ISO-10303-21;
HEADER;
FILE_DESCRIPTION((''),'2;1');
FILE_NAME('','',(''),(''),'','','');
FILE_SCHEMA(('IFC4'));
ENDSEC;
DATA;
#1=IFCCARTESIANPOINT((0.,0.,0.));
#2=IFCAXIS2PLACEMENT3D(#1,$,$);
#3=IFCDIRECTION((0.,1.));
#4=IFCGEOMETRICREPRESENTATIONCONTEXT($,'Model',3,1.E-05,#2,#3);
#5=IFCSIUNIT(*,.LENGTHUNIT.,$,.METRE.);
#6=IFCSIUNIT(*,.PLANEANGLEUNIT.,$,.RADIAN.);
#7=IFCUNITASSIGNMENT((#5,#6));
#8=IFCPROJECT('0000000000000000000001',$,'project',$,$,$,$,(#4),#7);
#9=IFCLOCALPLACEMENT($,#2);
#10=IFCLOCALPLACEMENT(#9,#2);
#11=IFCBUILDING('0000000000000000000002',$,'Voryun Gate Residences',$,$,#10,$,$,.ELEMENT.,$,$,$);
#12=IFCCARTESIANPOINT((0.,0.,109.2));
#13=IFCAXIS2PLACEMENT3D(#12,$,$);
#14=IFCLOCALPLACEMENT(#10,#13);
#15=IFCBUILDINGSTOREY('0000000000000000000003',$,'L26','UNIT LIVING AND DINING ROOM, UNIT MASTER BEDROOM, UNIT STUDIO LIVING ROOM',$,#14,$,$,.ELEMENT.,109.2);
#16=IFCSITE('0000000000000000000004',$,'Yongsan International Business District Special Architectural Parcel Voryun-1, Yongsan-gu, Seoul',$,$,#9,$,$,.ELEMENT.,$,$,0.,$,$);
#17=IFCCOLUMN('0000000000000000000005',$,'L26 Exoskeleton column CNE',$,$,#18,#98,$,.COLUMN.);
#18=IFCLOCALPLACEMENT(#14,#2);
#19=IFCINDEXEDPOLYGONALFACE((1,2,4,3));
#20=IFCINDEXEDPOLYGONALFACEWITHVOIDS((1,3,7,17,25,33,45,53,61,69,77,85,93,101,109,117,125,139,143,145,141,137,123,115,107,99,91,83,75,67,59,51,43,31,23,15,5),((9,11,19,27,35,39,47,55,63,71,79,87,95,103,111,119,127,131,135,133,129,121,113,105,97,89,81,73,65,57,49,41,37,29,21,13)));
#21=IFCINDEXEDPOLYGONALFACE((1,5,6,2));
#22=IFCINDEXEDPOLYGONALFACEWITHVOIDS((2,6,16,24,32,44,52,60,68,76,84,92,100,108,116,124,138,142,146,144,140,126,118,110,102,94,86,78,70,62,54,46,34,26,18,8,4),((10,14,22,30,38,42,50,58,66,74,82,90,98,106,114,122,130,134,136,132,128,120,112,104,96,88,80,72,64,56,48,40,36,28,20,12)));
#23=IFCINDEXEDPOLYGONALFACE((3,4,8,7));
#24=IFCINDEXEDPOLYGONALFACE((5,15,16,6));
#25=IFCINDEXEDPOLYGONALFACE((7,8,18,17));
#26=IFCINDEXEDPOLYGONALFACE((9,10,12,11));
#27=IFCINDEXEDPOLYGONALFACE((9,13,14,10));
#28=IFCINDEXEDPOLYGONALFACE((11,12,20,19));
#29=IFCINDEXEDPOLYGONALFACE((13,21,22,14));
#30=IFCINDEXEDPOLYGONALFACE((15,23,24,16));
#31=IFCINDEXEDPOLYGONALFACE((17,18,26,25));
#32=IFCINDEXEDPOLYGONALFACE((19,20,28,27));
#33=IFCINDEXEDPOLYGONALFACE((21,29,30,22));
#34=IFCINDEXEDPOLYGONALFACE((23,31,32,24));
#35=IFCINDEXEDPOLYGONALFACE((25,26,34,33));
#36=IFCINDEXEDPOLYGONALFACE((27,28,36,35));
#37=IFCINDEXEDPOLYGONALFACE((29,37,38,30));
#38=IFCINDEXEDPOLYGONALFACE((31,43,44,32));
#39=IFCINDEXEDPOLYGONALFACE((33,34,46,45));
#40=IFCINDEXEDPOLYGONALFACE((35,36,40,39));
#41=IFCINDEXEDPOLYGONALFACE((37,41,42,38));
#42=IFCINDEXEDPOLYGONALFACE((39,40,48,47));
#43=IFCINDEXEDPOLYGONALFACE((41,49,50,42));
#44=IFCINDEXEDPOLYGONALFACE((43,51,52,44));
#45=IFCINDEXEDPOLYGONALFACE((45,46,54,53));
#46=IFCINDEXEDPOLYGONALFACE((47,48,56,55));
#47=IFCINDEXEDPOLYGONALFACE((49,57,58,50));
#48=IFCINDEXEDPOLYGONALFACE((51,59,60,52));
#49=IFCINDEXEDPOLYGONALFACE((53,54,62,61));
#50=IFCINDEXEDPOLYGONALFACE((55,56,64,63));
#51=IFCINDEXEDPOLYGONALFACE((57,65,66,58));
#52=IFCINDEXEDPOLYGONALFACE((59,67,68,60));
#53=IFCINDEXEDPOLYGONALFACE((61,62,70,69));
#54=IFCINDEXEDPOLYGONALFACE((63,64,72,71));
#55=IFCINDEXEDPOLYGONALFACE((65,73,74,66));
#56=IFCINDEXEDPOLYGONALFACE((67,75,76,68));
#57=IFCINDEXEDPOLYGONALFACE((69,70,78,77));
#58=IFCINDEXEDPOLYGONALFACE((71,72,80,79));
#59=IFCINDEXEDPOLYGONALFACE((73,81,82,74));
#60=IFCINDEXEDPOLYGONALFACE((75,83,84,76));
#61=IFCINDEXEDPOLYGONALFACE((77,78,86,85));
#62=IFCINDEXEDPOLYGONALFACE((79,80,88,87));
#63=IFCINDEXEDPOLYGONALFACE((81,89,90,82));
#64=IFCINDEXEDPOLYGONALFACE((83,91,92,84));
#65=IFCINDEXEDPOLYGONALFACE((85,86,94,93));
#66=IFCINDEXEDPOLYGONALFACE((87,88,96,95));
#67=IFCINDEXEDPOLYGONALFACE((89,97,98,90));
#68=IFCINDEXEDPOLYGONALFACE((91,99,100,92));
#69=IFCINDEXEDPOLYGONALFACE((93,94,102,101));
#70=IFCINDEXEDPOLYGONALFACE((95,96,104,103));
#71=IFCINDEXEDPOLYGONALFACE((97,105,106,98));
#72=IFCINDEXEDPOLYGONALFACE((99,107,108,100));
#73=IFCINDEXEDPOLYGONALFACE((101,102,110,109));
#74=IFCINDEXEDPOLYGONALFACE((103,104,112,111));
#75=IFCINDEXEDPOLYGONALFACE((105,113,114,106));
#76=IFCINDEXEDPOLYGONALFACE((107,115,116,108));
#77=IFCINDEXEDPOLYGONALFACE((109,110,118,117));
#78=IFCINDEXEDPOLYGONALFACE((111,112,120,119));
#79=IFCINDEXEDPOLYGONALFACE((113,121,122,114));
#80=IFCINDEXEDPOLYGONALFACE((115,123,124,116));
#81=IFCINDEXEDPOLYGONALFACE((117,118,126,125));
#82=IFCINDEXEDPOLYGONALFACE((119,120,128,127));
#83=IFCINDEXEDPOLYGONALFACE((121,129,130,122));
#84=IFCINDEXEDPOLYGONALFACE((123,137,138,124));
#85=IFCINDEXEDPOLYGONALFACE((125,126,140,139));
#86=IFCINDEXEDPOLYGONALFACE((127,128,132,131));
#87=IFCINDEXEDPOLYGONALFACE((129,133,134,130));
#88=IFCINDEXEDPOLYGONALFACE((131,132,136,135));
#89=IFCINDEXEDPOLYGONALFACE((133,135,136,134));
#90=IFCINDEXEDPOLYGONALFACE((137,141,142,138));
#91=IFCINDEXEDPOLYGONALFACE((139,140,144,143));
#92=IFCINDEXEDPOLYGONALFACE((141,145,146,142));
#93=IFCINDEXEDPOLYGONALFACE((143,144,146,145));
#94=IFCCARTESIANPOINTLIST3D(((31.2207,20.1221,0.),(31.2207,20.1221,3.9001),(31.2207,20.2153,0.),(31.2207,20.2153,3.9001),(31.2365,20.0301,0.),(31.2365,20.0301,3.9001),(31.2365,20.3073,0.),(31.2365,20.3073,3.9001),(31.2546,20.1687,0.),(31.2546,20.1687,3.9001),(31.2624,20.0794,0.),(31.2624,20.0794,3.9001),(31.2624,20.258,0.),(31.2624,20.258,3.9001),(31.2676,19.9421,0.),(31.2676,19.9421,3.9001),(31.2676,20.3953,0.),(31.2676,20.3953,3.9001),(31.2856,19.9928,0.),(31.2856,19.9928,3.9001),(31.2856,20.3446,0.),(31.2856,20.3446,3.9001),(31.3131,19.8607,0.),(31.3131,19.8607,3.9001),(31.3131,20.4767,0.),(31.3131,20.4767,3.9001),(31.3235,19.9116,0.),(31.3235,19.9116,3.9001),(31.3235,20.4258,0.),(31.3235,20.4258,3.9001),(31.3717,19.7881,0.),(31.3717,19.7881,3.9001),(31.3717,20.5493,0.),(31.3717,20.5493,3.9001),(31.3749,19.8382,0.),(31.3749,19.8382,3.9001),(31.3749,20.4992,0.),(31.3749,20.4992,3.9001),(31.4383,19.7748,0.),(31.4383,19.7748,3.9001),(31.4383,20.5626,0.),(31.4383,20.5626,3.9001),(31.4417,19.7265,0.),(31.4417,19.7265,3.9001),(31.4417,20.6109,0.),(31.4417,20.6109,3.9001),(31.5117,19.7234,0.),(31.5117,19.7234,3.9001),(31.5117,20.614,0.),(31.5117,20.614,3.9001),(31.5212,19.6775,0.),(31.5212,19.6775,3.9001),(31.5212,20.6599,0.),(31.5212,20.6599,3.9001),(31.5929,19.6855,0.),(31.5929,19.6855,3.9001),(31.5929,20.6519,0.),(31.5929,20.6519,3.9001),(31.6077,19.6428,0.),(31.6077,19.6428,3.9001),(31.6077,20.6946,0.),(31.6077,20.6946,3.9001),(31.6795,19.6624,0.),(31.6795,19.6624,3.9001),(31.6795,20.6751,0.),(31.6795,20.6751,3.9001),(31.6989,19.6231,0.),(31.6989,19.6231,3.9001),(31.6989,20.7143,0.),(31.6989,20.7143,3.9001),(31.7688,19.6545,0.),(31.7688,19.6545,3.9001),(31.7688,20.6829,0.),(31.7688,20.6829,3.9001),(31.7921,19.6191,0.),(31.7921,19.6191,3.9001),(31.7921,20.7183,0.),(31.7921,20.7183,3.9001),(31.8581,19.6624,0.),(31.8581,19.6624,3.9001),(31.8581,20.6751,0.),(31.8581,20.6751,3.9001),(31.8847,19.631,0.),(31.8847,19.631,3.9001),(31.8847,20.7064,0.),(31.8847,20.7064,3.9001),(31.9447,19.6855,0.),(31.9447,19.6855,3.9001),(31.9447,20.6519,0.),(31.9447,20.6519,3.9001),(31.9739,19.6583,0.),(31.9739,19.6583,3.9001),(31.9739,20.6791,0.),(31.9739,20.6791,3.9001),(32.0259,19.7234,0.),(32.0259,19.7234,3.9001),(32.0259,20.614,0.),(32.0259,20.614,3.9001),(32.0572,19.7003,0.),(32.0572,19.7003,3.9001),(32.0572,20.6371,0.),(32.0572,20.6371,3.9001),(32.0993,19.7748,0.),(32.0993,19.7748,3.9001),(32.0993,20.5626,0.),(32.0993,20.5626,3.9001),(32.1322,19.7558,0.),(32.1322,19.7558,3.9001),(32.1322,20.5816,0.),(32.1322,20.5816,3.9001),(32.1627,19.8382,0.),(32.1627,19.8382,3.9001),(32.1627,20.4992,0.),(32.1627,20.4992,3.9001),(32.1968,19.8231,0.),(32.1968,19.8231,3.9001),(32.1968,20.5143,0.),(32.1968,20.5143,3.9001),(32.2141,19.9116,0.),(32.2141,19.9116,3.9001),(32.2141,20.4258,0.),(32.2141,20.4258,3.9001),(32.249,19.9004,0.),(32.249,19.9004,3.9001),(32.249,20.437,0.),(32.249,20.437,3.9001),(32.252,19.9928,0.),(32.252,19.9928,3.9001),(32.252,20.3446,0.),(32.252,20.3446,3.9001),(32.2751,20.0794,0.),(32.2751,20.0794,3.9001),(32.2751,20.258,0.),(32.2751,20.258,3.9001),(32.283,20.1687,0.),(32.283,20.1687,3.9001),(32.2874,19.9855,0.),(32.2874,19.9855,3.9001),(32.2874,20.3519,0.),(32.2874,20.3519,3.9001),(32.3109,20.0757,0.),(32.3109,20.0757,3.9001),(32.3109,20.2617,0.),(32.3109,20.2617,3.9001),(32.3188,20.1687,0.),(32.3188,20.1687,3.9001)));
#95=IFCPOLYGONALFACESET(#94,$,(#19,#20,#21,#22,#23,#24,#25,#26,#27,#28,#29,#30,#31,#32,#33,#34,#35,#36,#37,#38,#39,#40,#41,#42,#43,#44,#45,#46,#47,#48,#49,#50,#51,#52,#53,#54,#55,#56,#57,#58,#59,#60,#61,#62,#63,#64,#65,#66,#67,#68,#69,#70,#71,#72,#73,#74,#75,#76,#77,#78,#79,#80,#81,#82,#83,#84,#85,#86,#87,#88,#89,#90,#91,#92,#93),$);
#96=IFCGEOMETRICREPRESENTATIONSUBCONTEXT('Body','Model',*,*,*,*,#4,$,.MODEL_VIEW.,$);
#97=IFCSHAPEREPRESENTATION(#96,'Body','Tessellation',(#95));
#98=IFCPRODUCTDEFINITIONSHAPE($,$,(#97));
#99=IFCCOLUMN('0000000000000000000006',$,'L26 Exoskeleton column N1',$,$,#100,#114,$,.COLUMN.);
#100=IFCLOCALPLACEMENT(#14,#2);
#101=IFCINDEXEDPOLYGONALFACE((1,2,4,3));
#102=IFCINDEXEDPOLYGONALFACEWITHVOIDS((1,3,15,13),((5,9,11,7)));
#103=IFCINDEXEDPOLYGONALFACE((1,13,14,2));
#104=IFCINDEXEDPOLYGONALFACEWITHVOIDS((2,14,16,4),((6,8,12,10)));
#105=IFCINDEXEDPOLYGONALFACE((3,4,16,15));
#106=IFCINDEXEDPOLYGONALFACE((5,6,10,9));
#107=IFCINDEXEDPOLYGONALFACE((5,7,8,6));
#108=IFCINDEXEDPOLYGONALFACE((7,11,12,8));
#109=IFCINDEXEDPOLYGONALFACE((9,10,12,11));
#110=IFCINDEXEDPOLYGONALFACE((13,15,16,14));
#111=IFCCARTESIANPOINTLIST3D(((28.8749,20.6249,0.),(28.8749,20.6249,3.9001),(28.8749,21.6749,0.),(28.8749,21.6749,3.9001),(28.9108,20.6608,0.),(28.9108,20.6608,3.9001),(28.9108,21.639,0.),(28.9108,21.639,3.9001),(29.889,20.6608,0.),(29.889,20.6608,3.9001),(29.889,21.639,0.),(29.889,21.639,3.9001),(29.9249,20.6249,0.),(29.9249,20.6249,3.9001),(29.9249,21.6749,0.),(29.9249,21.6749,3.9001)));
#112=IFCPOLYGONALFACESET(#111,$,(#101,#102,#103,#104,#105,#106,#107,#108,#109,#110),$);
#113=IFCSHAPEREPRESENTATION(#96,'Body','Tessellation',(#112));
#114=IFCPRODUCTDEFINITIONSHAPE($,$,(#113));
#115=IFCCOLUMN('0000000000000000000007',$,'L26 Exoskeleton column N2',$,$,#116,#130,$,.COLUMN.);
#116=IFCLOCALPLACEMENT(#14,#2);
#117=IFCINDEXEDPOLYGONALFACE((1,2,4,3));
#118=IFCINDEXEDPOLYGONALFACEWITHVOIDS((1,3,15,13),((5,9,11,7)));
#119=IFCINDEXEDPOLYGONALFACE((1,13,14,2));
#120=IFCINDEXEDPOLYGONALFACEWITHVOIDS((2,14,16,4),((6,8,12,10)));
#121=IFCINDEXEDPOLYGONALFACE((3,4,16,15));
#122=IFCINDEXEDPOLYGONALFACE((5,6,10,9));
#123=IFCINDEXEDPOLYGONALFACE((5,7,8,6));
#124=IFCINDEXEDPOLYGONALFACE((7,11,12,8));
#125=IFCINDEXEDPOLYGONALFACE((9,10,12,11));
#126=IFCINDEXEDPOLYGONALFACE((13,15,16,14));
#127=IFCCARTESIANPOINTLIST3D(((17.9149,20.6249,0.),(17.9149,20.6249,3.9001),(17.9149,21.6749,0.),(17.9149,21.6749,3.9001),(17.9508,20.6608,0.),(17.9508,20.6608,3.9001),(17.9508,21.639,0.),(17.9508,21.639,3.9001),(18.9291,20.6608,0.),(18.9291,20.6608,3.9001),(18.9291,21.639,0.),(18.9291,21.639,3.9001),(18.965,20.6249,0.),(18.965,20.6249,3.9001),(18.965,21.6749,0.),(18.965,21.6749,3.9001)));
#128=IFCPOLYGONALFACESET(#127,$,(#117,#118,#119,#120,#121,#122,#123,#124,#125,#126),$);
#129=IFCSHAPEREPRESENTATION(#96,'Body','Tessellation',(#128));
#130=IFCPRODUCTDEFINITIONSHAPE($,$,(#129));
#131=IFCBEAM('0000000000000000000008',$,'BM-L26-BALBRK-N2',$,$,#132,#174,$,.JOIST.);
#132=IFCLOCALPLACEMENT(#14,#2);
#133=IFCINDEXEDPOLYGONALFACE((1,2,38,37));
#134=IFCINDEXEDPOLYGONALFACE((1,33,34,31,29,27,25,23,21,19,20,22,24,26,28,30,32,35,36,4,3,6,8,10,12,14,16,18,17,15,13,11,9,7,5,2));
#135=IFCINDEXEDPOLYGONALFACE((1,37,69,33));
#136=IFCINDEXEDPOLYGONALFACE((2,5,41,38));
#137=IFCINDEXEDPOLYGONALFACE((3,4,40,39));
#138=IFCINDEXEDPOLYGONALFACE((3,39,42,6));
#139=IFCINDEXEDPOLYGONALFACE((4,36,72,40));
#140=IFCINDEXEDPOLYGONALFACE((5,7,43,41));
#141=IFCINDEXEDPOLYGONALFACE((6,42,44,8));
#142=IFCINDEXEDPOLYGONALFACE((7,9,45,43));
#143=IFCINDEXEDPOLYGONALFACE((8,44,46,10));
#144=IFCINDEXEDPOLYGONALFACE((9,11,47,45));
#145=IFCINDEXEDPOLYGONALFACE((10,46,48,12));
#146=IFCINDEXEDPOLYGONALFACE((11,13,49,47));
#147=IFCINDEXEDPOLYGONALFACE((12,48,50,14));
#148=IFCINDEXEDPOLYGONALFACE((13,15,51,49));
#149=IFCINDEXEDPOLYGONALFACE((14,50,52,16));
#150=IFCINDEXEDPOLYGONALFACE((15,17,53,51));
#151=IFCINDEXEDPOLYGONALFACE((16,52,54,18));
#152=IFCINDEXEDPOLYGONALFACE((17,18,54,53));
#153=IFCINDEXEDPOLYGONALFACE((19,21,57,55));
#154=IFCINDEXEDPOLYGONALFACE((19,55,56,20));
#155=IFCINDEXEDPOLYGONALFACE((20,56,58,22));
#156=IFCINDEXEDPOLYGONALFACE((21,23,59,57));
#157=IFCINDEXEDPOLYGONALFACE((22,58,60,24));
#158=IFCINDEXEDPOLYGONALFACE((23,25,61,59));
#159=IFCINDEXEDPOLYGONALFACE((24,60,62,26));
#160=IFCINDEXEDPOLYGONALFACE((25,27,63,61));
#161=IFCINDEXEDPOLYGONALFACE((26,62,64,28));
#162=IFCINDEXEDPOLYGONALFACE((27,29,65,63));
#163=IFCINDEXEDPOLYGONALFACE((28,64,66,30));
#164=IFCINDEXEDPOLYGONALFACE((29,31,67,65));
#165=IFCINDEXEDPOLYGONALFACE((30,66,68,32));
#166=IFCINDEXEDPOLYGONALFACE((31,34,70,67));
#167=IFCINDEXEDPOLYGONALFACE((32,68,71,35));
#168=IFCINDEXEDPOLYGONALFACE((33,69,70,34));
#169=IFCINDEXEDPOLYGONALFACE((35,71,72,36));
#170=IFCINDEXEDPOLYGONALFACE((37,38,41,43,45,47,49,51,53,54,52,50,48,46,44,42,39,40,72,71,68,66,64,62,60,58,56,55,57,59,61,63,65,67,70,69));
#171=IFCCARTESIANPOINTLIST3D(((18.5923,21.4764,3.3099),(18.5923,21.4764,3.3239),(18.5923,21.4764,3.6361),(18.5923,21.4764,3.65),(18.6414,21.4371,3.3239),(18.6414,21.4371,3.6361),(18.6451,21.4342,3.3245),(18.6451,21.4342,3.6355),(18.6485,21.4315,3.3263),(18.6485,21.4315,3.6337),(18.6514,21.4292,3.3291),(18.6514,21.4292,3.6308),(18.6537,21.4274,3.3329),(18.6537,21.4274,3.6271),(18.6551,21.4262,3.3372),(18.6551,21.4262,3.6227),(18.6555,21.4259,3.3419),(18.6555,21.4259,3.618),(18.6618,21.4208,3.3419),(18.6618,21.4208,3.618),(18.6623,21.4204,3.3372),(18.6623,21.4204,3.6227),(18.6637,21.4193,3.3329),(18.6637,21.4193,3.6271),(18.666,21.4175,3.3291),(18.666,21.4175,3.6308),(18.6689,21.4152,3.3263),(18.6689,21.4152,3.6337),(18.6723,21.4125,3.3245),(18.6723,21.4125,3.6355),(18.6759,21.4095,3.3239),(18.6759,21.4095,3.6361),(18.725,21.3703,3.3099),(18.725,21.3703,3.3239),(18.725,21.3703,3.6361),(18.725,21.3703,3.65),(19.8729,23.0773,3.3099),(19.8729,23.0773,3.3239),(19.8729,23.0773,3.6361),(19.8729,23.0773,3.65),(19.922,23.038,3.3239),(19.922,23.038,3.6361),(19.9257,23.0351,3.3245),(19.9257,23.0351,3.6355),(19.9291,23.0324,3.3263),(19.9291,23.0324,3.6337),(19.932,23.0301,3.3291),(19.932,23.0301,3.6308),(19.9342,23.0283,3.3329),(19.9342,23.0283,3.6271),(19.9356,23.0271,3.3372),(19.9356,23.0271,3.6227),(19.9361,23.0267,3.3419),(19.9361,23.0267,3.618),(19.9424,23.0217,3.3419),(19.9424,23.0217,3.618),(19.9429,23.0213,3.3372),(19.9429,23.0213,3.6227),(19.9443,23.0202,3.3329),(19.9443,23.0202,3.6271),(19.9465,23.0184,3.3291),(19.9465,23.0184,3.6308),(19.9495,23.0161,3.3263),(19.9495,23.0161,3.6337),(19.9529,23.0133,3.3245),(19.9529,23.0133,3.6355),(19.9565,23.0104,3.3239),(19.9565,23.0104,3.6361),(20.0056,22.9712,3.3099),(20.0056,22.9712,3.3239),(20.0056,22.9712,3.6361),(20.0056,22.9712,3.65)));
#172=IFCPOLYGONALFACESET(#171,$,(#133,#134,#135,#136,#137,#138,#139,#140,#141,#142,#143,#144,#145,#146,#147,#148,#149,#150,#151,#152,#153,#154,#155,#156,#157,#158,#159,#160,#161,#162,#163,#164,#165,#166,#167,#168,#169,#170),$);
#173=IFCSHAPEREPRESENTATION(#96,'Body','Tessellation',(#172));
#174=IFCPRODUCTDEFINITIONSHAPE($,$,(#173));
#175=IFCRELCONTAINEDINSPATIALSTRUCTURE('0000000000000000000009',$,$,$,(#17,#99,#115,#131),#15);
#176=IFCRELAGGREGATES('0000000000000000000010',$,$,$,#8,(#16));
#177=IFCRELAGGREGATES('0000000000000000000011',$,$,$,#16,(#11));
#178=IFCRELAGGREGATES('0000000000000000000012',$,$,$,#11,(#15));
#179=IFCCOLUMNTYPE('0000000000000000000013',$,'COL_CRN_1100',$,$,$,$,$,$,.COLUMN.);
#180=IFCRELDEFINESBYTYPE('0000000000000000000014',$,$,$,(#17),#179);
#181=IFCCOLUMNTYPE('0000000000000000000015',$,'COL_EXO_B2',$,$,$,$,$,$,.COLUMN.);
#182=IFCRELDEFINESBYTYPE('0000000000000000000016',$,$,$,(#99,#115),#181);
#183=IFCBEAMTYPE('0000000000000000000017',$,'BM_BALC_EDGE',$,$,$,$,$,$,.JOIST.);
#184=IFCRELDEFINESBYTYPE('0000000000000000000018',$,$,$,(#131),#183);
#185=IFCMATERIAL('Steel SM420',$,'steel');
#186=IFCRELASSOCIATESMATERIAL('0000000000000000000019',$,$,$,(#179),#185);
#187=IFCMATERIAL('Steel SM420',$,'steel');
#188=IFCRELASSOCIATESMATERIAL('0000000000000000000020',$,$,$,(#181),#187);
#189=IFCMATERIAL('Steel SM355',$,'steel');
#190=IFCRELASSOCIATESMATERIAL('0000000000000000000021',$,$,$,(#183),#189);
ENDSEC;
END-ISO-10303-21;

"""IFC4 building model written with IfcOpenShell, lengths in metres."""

from ifc_helpers import new_model, si_unit, direction, frame, origin, origin_2d, place, context, subcontext, project, spatial, hollow_rectangle, hollow_circle, i_section, extrude, material, material_profile, profile_set, type_object, element, save


model = new_model("IFC4")

# Units and contexts
model_context = context("Model", 3, precision=1e-05, world=origin(), true_north=direction((0.0, 1.0)))
body_context = subcontext(model_context, "Body", "Model", "MODEL_VIEW")
ifc_project = project(units=[si_unit("LENGTHUNIT", "METRE"), si_unit("PLANEANGLEUNIT", "RADIAN")], contexts=[model_context])

# Site, building, storey
site_placement = place(None, origin())
site = spatial("IfcSite", under=ifc_project, at=site_placement, Name="Yongsan International Business District Special Architectural Parcel Voryun-1, Yongsan-gu, Seoul", CompositionType="ELEMENT", RefElevation=0.0)
building_placement = place(site_placement, origin())
building = spatial("IfcBuilding", under=site, at=building_placement, Name="Voryun Gate Residences", CompositionType="ELEMENT")
storey_placement = place(building_placement, frame((0.0, 0.0, 109.2)))
storey = spatial("IfcBuildingStorey", under=building, at=storey_placement, Name="L26", Description="UNIT LIVING AND DINING ROOM, UNIT MASTER BEDROOM, UNIT STUDIO LIVING ROOM", CompositionType="ELEMENT", Elevation=109.2)

# Columns
ifc_material_1 = material(Name="Steel SM420", Category="steel")
ifc_material_profile_1 = material_profile(ifc_material_1, hollow_circle(Radius=0.55, WallThickness=0.0359, at=origin_2d()), Name="CHS-1100x36")
ifc_profile_set_1 = profile_set([ifc_material_profile_1], Name="Steel SM420")
column_type_1 = type_object("IfcColumnType", Name="COL_CRN_1100", PredefinedType="COLUMN", material=ifc_profile_set_1)
column_placement = place(storey_placement, frame((31.7688, 20.1687, 0.0), z_axis=(0.0, 0.0, 1.0), x_axis=(1.0, 0.0, 0.0)))
element("IfcColumn", 1, at=column_placement, inside=storey, type_object=column_type_1, Name="L26 Exoskeleton column CNE", PredefinedType="COLUMN", context=body_context, shape_type="SweptSolid", body=[
    extrude(hollow_circle(Radius=0.55, WallThickness=0.0359, at=origin_2d()), origin(), (0.0, 0.0, 1.0), 3.9001),
])
ifc_material_2 = material(Name="Steel SM420", Category="steel")
ifc_material_profile_2 = material_profile(ifc_material_2, hollow_rectangle(XDim=1.05, YDim=1.05, WallThickness=0.0359, at=origin_2d()), Name="BOX-1050x1050x36")
ifc_profile_set_2 = profile_set([ifc_material_profile_2], Name="Steel SM420")
column_type_2 = type_object("IfcColumnType", Name="COL_EXO_B2", PredefinedType="COLUMN", material=ifc_profile_set_2)
for number, where, z_axis, x_axis, name in (
    (2, (29.3999, 21.1499, 0.0), (0.0, 0.0, 1.0), (1.0, 0.0, 0.0), "L26 Exoskeleton column N1"),
    (3, (18.4399, 21.1499, 0.0), (0.0, 0.0, 1.0), (1.0, 0.0, 0.0), "L26 Exoskeleton column N2"),
):
    element("IfcColumn", number, at=place(storey_placement, frame(where, z_axis=z_axis, x_axis=x_axis)), inside=storey, type_object=column_type_2, Name=name, PredefinedType="COLUMN", context=body_context, shape_type="SweptSolid", body=[
        extrude(hollow_rectangle(XDim=1.05, YDim=1.05, WallThickness=0.0359, at=origin_2d()), origin(), (0.0, 0.0, 1.0), 3.9001),
    ])

# Beam
ifc_material_3 = material(Name="Steel SM355", Category="steel")
ifc_material_profile_3 = material_profile(ifc_material_3, i_section(OverallWidth=0.1699, OverallDepth=0.3401, WebThickness=0.0081, FlangeThickness=0.0139, FilletRadius=0.0181, at=origin_2d()), Name="H-340x170x8x14")
ifc_profile_set_3 = profile_set([ifc_material_profile_3], Name="Steel SM355")
beam_type_1 = type_object("IfcBeamType", Name="BM_BALC_EDGE", PredefinedType="JOIST", material=ifc_profile_set_3)
beam_1_placement = place(storey_placement, frame((18.6587, 21.4233, 3.48), z_axis=(0.624651, 0.780904, 0.0), x_axis=(-0.780904, 0.624651, 0.0)))
element("IfcBeam", 4, at=beam_1_placement, inside=storey, type_object=beam_type_1, Name="BM-L26-BALBRK-N2", PredefinedType="JOIST", context=body_context, shape_type="SweptSolid", body=[
    extrude(i_section(OverallWidth=0.1699, OverallDepth=0.3401, WebThickness=0.0081, FlangeThickness=0.0139, FilletRadius=0.0181, at=origin_2d()), origin(), (0.0, 0.0, 1.0), 2.05),
])

save(model, "model.ifc")
